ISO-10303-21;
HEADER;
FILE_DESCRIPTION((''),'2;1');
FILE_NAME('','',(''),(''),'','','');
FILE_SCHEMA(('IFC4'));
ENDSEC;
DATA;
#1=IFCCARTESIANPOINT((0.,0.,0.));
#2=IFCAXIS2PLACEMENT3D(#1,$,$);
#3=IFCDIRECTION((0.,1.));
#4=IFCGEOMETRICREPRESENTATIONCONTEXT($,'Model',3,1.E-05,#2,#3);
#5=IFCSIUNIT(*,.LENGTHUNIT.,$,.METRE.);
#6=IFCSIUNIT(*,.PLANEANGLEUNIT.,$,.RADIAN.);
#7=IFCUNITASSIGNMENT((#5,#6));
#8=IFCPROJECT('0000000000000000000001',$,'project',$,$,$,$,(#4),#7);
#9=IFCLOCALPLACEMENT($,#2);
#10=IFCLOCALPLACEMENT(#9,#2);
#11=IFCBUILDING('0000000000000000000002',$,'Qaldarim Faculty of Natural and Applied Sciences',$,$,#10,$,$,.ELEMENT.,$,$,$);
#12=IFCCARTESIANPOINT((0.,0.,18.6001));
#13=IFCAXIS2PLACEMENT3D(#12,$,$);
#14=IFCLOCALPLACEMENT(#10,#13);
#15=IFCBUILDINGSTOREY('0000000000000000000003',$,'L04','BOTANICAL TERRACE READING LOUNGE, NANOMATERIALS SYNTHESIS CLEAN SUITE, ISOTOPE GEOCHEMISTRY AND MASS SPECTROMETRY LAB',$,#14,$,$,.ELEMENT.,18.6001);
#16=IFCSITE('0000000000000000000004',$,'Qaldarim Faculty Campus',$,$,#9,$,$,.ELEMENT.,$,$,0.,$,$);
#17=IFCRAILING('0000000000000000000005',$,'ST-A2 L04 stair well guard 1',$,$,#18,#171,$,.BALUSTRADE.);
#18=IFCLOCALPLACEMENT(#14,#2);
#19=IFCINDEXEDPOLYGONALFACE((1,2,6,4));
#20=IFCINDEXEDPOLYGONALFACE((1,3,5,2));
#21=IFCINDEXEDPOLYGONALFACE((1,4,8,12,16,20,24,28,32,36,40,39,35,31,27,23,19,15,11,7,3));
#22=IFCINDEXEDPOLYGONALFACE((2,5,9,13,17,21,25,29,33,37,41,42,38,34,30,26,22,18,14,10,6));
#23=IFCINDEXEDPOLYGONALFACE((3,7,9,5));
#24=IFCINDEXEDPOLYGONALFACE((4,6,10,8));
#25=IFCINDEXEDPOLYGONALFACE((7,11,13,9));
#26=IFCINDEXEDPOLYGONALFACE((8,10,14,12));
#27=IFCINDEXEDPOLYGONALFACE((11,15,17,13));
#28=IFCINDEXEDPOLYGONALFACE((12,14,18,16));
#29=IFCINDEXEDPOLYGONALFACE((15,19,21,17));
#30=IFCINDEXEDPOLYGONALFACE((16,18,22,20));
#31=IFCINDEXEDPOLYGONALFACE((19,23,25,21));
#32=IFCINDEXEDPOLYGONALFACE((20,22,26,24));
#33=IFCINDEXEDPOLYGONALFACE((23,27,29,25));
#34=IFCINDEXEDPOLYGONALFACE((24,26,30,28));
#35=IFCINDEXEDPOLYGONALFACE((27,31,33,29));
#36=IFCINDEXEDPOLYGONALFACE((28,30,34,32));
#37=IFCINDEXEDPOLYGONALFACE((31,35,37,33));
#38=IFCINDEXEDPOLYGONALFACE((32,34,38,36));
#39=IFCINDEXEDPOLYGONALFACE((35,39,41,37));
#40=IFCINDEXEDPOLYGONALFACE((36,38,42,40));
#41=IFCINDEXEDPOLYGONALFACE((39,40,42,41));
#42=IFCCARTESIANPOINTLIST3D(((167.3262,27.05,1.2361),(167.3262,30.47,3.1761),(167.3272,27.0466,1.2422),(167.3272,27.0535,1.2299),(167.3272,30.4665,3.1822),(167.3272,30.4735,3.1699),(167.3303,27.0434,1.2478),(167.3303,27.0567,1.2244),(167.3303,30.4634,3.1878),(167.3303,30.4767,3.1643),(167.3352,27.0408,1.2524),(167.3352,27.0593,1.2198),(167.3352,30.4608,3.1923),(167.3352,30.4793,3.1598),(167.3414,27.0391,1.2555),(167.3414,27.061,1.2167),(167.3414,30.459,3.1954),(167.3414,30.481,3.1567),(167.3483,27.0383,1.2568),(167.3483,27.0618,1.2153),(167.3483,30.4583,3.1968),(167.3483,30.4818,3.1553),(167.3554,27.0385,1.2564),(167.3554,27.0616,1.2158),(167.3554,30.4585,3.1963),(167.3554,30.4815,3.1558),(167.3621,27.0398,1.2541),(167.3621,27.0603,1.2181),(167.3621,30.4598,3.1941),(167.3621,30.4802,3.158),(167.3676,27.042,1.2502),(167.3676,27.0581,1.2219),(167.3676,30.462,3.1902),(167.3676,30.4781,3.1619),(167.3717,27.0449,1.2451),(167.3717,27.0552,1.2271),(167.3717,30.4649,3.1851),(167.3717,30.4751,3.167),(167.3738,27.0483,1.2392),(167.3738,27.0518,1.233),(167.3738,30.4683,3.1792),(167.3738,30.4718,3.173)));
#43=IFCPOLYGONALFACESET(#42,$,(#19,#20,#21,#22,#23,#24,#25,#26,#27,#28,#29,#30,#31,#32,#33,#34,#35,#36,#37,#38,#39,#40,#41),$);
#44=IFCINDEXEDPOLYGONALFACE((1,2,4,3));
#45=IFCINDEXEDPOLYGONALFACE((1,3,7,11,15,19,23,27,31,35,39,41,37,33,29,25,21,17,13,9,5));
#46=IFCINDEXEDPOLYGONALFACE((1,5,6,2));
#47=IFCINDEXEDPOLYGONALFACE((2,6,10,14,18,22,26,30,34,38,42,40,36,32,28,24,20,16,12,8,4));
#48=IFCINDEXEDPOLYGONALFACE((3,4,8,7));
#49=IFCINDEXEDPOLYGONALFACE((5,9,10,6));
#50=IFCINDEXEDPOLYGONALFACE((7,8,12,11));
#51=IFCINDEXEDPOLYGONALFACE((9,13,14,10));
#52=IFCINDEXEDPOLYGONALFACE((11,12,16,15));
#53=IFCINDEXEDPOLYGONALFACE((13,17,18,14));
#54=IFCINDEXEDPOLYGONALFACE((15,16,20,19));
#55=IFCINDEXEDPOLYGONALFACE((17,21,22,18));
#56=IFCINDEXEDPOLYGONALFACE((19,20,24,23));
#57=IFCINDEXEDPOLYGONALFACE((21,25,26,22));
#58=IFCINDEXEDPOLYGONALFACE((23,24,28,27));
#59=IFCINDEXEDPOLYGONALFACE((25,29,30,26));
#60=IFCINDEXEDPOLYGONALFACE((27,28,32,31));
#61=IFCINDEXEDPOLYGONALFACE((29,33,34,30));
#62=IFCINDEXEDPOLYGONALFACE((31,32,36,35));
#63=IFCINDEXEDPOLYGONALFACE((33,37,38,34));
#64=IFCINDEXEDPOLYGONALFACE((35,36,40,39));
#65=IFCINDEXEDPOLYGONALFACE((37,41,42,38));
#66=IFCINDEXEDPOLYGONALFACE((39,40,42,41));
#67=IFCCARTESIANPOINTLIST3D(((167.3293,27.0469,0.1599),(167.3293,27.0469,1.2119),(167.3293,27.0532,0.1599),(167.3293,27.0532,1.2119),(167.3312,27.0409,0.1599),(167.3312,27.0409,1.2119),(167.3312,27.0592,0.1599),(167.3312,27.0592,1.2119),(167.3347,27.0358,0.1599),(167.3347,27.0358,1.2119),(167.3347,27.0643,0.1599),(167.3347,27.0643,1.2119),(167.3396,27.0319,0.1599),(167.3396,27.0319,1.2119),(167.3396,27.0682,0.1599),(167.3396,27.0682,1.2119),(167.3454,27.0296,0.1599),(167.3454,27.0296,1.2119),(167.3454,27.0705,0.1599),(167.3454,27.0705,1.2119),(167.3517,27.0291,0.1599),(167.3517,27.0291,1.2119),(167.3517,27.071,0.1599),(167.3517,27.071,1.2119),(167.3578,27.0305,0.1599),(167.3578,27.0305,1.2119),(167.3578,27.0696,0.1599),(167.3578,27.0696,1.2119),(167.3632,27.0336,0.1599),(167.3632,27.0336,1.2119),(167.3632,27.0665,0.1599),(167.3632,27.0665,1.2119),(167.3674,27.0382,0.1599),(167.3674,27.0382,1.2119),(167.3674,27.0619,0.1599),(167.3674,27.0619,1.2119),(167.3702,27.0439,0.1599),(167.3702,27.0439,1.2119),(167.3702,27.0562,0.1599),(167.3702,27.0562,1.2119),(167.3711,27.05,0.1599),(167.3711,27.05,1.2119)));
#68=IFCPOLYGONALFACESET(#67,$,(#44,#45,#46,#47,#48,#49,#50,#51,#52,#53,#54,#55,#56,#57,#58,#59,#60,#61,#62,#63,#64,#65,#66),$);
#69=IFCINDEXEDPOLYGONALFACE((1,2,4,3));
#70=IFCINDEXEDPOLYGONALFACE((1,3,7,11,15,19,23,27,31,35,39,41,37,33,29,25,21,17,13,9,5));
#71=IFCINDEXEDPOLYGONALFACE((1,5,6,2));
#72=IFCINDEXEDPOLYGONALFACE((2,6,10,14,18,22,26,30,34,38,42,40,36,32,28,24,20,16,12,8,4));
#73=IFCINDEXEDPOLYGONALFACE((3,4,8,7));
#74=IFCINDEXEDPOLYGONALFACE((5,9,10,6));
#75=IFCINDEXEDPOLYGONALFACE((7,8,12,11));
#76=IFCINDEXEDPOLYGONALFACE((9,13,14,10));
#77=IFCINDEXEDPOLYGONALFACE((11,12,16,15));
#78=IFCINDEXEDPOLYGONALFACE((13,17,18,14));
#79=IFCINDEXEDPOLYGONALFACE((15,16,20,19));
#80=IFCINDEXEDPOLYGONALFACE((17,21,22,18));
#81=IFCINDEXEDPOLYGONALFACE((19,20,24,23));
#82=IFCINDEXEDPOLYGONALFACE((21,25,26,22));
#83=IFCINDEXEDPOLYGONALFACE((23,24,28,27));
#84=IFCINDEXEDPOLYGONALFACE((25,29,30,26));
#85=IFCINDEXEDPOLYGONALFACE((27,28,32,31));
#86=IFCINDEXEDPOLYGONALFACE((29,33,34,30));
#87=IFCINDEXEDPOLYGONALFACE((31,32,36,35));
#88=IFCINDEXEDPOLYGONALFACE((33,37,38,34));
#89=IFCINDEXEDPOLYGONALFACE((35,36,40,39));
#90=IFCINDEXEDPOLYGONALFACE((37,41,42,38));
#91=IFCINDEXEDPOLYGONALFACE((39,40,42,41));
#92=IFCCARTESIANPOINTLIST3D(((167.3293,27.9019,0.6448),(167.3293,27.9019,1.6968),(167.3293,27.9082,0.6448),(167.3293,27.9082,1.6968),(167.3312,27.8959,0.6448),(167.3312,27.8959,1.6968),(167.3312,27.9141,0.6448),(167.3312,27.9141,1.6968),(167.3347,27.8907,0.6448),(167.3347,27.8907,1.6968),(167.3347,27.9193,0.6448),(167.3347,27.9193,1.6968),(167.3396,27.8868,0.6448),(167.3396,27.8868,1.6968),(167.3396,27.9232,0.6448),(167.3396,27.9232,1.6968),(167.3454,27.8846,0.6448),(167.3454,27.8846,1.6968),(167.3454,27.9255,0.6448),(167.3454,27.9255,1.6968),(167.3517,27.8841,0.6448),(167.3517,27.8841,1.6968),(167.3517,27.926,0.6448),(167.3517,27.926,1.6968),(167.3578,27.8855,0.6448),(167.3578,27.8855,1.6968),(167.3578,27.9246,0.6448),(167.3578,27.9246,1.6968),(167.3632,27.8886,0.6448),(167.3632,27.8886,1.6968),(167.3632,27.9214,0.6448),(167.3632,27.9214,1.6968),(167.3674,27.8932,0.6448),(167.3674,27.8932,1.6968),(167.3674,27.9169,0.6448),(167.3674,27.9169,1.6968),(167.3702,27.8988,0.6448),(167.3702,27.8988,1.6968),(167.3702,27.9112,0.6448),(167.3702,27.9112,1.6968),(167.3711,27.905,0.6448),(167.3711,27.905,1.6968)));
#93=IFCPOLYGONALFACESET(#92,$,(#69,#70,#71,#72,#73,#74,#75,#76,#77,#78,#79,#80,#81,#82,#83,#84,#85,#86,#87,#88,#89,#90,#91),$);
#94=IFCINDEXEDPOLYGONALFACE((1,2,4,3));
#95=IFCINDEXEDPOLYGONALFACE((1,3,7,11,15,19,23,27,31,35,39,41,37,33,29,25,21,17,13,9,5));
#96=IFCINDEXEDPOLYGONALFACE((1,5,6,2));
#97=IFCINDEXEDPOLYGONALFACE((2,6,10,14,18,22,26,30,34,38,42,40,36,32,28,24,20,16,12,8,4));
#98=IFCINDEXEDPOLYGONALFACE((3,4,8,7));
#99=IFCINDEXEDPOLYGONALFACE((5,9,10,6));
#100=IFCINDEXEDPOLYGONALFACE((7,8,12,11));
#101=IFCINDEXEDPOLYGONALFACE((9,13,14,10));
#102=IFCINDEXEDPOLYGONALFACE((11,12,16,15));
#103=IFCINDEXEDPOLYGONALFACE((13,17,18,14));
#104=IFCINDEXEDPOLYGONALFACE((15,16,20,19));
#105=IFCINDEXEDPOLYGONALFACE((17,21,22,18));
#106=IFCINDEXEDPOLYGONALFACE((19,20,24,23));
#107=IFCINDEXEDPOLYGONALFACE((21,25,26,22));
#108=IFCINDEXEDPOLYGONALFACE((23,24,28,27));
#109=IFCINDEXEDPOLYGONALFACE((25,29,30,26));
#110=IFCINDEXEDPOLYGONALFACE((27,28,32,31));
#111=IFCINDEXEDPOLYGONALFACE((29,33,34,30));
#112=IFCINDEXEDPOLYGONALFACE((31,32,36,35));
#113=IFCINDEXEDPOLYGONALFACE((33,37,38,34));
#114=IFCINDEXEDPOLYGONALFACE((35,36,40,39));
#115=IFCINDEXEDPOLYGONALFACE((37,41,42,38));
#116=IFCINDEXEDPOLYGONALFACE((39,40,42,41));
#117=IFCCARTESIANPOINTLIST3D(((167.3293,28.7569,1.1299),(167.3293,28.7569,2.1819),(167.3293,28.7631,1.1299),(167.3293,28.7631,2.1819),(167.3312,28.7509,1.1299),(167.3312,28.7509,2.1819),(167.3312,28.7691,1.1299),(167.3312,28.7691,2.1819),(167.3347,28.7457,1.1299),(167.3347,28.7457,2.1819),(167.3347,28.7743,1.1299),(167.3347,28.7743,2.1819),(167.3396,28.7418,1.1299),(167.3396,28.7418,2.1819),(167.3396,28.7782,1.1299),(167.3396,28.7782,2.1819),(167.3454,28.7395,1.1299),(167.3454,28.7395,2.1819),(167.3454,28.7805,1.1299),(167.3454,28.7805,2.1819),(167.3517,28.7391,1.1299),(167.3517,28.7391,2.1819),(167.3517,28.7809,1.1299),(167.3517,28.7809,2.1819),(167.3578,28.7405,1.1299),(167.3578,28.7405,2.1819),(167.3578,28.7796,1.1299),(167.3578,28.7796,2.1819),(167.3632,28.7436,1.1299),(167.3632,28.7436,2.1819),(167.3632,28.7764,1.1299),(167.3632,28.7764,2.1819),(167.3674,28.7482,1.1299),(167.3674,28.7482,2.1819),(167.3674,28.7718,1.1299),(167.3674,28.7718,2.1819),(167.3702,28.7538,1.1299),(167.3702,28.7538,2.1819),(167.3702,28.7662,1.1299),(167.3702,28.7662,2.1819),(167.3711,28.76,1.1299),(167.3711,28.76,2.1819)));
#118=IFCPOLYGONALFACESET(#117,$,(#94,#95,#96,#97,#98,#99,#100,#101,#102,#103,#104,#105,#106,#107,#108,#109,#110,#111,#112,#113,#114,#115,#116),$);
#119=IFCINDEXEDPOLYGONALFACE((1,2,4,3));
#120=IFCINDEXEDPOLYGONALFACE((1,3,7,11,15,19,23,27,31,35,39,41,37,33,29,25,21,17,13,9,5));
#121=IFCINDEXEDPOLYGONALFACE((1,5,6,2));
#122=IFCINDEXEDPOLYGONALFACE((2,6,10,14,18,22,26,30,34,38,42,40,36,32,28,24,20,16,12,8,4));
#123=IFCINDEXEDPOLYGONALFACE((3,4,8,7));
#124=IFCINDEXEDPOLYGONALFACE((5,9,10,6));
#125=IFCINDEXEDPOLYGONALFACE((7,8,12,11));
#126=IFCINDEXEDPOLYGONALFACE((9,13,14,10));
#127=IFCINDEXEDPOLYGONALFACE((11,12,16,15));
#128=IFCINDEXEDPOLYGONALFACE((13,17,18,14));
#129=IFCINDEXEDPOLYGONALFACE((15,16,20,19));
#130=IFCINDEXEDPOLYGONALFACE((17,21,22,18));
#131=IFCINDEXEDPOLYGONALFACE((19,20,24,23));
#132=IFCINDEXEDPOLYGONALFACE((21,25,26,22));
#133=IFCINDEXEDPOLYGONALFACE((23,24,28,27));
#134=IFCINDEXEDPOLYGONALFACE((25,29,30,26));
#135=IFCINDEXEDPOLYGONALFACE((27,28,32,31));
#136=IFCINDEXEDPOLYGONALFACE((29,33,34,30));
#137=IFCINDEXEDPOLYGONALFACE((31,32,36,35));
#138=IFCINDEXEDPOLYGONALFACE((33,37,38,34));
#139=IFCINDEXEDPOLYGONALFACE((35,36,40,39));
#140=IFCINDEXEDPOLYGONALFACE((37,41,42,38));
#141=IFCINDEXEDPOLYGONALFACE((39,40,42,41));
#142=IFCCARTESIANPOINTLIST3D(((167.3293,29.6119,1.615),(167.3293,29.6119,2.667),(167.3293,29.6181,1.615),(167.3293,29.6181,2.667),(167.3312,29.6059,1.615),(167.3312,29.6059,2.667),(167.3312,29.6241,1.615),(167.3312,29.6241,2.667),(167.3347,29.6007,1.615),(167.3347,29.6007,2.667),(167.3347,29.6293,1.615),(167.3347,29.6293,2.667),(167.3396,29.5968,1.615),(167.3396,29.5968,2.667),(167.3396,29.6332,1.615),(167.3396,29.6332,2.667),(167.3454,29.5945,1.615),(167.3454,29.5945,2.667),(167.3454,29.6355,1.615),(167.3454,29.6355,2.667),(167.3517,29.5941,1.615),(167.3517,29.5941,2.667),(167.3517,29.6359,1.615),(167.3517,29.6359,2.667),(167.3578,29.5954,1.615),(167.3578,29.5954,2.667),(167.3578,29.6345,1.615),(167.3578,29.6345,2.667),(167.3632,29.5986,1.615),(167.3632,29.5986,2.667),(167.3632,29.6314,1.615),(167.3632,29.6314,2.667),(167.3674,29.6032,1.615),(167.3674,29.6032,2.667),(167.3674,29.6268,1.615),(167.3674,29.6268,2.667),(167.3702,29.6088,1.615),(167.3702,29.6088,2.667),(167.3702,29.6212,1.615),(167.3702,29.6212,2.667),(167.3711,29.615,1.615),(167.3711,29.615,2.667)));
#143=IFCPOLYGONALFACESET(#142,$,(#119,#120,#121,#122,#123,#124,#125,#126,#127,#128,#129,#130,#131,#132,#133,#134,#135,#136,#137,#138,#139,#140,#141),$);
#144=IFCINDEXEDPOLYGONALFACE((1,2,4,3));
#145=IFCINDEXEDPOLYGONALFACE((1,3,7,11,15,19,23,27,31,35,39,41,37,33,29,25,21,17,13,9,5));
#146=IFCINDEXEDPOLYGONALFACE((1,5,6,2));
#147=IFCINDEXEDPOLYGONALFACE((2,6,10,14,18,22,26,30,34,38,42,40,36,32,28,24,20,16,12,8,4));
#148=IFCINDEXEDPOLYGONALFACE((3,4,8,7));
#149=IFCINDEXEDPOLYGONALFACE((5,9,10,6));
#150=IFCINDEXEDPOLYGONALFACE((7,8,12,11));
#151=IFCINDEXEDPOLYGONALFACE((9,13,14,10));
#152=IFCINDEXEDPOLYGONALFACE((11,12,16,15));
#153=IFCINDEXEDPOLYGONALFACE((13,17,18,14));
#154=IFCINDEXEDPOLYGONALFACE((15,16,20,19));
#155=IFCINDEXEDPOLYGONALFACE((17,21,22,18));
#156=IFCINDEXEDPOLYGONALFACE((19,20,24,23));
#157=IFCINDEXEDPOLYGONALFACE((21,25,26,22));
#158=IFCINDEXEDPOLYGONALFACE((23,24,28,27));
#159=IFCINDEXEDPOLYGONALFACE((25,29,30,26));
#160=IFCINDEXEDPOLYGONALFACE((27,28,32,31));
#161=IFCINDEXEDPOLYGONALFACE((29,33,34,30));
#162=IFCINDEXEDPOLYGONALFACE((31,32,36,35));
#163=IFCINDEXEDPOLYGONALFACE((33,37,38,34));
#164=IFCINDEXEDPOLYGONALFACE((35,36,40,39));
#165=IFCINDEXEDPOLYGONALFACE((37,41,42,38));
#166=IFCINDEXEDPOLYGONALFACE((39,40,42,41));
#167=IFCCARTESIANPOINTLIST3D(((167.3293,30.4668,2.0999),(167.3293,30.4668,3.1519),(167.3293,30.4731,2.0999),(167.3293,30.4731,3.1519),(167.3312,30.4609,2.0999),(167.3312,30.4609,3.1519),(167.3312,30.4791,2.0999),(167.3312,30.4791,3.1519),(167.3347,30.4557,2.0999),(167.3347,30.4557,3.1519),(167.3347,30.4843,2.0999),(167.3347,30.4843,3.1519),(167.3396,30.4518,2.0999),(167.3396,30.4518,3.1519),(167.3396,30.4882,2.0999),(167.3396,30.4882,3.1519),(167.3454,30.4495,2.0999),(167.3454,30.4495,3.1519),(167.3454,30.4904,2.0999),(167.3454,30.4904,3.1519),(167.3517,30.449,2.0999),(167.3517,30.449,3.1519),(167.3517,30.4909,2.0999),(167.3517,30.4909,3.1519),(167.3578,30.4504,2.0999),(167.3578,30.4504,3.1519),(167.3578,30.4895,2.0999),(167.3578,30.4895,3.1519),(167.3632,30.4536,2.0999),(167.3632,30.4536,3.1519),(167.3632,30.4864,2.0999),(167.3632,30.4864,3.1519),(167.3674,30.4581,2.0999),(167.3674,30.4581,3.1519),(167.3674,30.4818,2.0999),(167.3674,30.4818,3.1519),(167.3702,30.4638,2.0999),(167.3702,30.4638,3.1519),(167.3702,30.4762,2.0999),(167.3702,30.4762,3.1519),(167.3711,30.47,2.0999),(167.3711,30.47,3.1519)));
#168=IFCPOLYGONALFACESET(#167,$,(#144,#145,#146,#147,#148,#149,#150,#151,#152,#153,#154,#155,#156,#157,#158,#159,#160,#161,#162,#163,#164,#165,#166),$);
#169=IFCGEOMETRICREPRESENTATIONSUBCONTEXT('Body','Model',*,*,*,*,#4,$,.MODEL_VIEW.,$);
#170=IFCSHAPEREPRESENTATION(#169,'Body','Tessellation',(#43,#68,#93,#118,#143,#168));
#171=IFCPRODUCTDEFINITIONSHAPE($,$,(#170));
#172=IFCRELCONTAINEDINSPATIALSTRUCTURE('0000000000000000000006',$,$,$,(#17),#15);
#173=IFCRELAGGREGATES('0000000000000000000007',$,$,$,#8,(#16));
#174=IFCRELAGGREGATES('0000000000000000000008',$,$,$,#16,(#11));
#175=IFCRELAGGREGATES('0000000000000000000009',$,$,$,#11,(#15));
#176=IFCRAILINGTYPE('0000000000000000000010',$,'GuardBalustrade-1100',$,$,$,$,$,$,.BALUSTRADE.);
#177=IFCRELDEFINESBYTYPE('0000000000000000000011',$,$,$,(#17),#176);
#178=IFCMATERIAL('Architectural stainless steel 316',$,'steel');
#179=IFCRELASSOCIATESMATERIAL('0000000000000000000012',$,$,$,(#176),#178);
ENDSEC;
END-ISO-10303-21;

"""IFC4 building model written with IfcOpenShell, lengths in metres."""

from ifc_helpers import new_model, si_unit, direction, frame, origin, origin_2d, place, context, subcontext, project, spatial, circle, extrude, material, type_object, element, save


model = new_model("IFC4")

# Units and contexts
model_context = context("Model", 3, precision=1e-05, world=origin(), true_north=direction((0.0, 1.0)))
body_context = subcontext(model_context, "Body", "Model", "MODEL_VIEW")
ifc_project = project(units=[si_unit("LENGTHUNIT", "METRE"), si_unit("PLANEANGLEUNIT", "RADIAN")], contexts=[model_context])

# Site, building, storey
site_placement = place(None, origin())
site = spatial("IfcSite", under=ifc_project, at=site_placement, Name="Qaldarim Faculty Campus", CompositionType="ELEMENT", RefElevation=0.0)
building_placement = place(site_placement, origin())
building = spatial("IfcBuilding", under=site, at=building_placement, Name="Qaldarim Faculty of Natural and Applied Sciences", CompositionType="ELEMENT")
storey_placement = place(building_placement, frame((0.0, 0.0, 18.6001)))
storey = spatial("IfcBuildingStorey", under=building, at=storey_placement, Name="L04", Description="BOTANICAL TERRACE READING LOUNGE, NANOMATERIALS SYNTHESIS CLEAN SUITE, ISOTOPE GEOCHEMISTRY AND MASS SPECTROMETRY LAB", CompositionType="ELEMENT", Elevation=18.6001)

# Shared definitions
ifc_material_1 = material(Name="Architectural stainless steel 316", Category="steel")

# Railing
railing_type_1 = type_object("IfcRailingType", Name="GuardBalustrade-1100", PredefinedType="BALUSTRADE", material=ifc_material_1)
railing_1_placement = place(storey_placement, frame((167.3501, 27.05, 0.1599)))
element("IfcRailing", 1, at=railing_1_placement, inside=storey, type_object=railing_type_1, Name="ST-A2 L04 stair well guard 1", PredefinedType="BALUSTRADE", context=body_context, shape_type="SweptSolid", body=[
    extrude(circle(Radius=0.0239, at=origin_2d()), frame((0.0, 0.0, 1.0762), z_axis=(0.0, 0.869805, 0.493395), x_axis=(-1.0, 0.0, 0.0)), (0.0, 0.0, 1.0), 3.9319),
    extrude(circle(Radius=0.021, at=origin_2d()), origin(), (0.0, 0.0, 1.0), 1.052),
    extrude(circle(Radius=0.021, at=origin_2d()), frame((0.0, 0.855, 0.4849)), (0.0, 0.0, 1.0), 1.052),
    extrude(circle(Radius=0.021, at=origin_2d()), frame((0.0, 1.71, 0.97)), (0.0, 0.0, 1.0), 1.052),
    extrude(circle(Radius=0.021, at=origin_2d()), frame((0.0, 2.5649, 1.4551)), (0.0, 0.0, 1.0), 1.052),
    extrude(circle(Radius=0.021, at=origin_2d()), frame((0.0, 3.4199, 1.9399)), (0.0, 0.0, 1.0), 1.052),
])

save(model, "model.ifc")
